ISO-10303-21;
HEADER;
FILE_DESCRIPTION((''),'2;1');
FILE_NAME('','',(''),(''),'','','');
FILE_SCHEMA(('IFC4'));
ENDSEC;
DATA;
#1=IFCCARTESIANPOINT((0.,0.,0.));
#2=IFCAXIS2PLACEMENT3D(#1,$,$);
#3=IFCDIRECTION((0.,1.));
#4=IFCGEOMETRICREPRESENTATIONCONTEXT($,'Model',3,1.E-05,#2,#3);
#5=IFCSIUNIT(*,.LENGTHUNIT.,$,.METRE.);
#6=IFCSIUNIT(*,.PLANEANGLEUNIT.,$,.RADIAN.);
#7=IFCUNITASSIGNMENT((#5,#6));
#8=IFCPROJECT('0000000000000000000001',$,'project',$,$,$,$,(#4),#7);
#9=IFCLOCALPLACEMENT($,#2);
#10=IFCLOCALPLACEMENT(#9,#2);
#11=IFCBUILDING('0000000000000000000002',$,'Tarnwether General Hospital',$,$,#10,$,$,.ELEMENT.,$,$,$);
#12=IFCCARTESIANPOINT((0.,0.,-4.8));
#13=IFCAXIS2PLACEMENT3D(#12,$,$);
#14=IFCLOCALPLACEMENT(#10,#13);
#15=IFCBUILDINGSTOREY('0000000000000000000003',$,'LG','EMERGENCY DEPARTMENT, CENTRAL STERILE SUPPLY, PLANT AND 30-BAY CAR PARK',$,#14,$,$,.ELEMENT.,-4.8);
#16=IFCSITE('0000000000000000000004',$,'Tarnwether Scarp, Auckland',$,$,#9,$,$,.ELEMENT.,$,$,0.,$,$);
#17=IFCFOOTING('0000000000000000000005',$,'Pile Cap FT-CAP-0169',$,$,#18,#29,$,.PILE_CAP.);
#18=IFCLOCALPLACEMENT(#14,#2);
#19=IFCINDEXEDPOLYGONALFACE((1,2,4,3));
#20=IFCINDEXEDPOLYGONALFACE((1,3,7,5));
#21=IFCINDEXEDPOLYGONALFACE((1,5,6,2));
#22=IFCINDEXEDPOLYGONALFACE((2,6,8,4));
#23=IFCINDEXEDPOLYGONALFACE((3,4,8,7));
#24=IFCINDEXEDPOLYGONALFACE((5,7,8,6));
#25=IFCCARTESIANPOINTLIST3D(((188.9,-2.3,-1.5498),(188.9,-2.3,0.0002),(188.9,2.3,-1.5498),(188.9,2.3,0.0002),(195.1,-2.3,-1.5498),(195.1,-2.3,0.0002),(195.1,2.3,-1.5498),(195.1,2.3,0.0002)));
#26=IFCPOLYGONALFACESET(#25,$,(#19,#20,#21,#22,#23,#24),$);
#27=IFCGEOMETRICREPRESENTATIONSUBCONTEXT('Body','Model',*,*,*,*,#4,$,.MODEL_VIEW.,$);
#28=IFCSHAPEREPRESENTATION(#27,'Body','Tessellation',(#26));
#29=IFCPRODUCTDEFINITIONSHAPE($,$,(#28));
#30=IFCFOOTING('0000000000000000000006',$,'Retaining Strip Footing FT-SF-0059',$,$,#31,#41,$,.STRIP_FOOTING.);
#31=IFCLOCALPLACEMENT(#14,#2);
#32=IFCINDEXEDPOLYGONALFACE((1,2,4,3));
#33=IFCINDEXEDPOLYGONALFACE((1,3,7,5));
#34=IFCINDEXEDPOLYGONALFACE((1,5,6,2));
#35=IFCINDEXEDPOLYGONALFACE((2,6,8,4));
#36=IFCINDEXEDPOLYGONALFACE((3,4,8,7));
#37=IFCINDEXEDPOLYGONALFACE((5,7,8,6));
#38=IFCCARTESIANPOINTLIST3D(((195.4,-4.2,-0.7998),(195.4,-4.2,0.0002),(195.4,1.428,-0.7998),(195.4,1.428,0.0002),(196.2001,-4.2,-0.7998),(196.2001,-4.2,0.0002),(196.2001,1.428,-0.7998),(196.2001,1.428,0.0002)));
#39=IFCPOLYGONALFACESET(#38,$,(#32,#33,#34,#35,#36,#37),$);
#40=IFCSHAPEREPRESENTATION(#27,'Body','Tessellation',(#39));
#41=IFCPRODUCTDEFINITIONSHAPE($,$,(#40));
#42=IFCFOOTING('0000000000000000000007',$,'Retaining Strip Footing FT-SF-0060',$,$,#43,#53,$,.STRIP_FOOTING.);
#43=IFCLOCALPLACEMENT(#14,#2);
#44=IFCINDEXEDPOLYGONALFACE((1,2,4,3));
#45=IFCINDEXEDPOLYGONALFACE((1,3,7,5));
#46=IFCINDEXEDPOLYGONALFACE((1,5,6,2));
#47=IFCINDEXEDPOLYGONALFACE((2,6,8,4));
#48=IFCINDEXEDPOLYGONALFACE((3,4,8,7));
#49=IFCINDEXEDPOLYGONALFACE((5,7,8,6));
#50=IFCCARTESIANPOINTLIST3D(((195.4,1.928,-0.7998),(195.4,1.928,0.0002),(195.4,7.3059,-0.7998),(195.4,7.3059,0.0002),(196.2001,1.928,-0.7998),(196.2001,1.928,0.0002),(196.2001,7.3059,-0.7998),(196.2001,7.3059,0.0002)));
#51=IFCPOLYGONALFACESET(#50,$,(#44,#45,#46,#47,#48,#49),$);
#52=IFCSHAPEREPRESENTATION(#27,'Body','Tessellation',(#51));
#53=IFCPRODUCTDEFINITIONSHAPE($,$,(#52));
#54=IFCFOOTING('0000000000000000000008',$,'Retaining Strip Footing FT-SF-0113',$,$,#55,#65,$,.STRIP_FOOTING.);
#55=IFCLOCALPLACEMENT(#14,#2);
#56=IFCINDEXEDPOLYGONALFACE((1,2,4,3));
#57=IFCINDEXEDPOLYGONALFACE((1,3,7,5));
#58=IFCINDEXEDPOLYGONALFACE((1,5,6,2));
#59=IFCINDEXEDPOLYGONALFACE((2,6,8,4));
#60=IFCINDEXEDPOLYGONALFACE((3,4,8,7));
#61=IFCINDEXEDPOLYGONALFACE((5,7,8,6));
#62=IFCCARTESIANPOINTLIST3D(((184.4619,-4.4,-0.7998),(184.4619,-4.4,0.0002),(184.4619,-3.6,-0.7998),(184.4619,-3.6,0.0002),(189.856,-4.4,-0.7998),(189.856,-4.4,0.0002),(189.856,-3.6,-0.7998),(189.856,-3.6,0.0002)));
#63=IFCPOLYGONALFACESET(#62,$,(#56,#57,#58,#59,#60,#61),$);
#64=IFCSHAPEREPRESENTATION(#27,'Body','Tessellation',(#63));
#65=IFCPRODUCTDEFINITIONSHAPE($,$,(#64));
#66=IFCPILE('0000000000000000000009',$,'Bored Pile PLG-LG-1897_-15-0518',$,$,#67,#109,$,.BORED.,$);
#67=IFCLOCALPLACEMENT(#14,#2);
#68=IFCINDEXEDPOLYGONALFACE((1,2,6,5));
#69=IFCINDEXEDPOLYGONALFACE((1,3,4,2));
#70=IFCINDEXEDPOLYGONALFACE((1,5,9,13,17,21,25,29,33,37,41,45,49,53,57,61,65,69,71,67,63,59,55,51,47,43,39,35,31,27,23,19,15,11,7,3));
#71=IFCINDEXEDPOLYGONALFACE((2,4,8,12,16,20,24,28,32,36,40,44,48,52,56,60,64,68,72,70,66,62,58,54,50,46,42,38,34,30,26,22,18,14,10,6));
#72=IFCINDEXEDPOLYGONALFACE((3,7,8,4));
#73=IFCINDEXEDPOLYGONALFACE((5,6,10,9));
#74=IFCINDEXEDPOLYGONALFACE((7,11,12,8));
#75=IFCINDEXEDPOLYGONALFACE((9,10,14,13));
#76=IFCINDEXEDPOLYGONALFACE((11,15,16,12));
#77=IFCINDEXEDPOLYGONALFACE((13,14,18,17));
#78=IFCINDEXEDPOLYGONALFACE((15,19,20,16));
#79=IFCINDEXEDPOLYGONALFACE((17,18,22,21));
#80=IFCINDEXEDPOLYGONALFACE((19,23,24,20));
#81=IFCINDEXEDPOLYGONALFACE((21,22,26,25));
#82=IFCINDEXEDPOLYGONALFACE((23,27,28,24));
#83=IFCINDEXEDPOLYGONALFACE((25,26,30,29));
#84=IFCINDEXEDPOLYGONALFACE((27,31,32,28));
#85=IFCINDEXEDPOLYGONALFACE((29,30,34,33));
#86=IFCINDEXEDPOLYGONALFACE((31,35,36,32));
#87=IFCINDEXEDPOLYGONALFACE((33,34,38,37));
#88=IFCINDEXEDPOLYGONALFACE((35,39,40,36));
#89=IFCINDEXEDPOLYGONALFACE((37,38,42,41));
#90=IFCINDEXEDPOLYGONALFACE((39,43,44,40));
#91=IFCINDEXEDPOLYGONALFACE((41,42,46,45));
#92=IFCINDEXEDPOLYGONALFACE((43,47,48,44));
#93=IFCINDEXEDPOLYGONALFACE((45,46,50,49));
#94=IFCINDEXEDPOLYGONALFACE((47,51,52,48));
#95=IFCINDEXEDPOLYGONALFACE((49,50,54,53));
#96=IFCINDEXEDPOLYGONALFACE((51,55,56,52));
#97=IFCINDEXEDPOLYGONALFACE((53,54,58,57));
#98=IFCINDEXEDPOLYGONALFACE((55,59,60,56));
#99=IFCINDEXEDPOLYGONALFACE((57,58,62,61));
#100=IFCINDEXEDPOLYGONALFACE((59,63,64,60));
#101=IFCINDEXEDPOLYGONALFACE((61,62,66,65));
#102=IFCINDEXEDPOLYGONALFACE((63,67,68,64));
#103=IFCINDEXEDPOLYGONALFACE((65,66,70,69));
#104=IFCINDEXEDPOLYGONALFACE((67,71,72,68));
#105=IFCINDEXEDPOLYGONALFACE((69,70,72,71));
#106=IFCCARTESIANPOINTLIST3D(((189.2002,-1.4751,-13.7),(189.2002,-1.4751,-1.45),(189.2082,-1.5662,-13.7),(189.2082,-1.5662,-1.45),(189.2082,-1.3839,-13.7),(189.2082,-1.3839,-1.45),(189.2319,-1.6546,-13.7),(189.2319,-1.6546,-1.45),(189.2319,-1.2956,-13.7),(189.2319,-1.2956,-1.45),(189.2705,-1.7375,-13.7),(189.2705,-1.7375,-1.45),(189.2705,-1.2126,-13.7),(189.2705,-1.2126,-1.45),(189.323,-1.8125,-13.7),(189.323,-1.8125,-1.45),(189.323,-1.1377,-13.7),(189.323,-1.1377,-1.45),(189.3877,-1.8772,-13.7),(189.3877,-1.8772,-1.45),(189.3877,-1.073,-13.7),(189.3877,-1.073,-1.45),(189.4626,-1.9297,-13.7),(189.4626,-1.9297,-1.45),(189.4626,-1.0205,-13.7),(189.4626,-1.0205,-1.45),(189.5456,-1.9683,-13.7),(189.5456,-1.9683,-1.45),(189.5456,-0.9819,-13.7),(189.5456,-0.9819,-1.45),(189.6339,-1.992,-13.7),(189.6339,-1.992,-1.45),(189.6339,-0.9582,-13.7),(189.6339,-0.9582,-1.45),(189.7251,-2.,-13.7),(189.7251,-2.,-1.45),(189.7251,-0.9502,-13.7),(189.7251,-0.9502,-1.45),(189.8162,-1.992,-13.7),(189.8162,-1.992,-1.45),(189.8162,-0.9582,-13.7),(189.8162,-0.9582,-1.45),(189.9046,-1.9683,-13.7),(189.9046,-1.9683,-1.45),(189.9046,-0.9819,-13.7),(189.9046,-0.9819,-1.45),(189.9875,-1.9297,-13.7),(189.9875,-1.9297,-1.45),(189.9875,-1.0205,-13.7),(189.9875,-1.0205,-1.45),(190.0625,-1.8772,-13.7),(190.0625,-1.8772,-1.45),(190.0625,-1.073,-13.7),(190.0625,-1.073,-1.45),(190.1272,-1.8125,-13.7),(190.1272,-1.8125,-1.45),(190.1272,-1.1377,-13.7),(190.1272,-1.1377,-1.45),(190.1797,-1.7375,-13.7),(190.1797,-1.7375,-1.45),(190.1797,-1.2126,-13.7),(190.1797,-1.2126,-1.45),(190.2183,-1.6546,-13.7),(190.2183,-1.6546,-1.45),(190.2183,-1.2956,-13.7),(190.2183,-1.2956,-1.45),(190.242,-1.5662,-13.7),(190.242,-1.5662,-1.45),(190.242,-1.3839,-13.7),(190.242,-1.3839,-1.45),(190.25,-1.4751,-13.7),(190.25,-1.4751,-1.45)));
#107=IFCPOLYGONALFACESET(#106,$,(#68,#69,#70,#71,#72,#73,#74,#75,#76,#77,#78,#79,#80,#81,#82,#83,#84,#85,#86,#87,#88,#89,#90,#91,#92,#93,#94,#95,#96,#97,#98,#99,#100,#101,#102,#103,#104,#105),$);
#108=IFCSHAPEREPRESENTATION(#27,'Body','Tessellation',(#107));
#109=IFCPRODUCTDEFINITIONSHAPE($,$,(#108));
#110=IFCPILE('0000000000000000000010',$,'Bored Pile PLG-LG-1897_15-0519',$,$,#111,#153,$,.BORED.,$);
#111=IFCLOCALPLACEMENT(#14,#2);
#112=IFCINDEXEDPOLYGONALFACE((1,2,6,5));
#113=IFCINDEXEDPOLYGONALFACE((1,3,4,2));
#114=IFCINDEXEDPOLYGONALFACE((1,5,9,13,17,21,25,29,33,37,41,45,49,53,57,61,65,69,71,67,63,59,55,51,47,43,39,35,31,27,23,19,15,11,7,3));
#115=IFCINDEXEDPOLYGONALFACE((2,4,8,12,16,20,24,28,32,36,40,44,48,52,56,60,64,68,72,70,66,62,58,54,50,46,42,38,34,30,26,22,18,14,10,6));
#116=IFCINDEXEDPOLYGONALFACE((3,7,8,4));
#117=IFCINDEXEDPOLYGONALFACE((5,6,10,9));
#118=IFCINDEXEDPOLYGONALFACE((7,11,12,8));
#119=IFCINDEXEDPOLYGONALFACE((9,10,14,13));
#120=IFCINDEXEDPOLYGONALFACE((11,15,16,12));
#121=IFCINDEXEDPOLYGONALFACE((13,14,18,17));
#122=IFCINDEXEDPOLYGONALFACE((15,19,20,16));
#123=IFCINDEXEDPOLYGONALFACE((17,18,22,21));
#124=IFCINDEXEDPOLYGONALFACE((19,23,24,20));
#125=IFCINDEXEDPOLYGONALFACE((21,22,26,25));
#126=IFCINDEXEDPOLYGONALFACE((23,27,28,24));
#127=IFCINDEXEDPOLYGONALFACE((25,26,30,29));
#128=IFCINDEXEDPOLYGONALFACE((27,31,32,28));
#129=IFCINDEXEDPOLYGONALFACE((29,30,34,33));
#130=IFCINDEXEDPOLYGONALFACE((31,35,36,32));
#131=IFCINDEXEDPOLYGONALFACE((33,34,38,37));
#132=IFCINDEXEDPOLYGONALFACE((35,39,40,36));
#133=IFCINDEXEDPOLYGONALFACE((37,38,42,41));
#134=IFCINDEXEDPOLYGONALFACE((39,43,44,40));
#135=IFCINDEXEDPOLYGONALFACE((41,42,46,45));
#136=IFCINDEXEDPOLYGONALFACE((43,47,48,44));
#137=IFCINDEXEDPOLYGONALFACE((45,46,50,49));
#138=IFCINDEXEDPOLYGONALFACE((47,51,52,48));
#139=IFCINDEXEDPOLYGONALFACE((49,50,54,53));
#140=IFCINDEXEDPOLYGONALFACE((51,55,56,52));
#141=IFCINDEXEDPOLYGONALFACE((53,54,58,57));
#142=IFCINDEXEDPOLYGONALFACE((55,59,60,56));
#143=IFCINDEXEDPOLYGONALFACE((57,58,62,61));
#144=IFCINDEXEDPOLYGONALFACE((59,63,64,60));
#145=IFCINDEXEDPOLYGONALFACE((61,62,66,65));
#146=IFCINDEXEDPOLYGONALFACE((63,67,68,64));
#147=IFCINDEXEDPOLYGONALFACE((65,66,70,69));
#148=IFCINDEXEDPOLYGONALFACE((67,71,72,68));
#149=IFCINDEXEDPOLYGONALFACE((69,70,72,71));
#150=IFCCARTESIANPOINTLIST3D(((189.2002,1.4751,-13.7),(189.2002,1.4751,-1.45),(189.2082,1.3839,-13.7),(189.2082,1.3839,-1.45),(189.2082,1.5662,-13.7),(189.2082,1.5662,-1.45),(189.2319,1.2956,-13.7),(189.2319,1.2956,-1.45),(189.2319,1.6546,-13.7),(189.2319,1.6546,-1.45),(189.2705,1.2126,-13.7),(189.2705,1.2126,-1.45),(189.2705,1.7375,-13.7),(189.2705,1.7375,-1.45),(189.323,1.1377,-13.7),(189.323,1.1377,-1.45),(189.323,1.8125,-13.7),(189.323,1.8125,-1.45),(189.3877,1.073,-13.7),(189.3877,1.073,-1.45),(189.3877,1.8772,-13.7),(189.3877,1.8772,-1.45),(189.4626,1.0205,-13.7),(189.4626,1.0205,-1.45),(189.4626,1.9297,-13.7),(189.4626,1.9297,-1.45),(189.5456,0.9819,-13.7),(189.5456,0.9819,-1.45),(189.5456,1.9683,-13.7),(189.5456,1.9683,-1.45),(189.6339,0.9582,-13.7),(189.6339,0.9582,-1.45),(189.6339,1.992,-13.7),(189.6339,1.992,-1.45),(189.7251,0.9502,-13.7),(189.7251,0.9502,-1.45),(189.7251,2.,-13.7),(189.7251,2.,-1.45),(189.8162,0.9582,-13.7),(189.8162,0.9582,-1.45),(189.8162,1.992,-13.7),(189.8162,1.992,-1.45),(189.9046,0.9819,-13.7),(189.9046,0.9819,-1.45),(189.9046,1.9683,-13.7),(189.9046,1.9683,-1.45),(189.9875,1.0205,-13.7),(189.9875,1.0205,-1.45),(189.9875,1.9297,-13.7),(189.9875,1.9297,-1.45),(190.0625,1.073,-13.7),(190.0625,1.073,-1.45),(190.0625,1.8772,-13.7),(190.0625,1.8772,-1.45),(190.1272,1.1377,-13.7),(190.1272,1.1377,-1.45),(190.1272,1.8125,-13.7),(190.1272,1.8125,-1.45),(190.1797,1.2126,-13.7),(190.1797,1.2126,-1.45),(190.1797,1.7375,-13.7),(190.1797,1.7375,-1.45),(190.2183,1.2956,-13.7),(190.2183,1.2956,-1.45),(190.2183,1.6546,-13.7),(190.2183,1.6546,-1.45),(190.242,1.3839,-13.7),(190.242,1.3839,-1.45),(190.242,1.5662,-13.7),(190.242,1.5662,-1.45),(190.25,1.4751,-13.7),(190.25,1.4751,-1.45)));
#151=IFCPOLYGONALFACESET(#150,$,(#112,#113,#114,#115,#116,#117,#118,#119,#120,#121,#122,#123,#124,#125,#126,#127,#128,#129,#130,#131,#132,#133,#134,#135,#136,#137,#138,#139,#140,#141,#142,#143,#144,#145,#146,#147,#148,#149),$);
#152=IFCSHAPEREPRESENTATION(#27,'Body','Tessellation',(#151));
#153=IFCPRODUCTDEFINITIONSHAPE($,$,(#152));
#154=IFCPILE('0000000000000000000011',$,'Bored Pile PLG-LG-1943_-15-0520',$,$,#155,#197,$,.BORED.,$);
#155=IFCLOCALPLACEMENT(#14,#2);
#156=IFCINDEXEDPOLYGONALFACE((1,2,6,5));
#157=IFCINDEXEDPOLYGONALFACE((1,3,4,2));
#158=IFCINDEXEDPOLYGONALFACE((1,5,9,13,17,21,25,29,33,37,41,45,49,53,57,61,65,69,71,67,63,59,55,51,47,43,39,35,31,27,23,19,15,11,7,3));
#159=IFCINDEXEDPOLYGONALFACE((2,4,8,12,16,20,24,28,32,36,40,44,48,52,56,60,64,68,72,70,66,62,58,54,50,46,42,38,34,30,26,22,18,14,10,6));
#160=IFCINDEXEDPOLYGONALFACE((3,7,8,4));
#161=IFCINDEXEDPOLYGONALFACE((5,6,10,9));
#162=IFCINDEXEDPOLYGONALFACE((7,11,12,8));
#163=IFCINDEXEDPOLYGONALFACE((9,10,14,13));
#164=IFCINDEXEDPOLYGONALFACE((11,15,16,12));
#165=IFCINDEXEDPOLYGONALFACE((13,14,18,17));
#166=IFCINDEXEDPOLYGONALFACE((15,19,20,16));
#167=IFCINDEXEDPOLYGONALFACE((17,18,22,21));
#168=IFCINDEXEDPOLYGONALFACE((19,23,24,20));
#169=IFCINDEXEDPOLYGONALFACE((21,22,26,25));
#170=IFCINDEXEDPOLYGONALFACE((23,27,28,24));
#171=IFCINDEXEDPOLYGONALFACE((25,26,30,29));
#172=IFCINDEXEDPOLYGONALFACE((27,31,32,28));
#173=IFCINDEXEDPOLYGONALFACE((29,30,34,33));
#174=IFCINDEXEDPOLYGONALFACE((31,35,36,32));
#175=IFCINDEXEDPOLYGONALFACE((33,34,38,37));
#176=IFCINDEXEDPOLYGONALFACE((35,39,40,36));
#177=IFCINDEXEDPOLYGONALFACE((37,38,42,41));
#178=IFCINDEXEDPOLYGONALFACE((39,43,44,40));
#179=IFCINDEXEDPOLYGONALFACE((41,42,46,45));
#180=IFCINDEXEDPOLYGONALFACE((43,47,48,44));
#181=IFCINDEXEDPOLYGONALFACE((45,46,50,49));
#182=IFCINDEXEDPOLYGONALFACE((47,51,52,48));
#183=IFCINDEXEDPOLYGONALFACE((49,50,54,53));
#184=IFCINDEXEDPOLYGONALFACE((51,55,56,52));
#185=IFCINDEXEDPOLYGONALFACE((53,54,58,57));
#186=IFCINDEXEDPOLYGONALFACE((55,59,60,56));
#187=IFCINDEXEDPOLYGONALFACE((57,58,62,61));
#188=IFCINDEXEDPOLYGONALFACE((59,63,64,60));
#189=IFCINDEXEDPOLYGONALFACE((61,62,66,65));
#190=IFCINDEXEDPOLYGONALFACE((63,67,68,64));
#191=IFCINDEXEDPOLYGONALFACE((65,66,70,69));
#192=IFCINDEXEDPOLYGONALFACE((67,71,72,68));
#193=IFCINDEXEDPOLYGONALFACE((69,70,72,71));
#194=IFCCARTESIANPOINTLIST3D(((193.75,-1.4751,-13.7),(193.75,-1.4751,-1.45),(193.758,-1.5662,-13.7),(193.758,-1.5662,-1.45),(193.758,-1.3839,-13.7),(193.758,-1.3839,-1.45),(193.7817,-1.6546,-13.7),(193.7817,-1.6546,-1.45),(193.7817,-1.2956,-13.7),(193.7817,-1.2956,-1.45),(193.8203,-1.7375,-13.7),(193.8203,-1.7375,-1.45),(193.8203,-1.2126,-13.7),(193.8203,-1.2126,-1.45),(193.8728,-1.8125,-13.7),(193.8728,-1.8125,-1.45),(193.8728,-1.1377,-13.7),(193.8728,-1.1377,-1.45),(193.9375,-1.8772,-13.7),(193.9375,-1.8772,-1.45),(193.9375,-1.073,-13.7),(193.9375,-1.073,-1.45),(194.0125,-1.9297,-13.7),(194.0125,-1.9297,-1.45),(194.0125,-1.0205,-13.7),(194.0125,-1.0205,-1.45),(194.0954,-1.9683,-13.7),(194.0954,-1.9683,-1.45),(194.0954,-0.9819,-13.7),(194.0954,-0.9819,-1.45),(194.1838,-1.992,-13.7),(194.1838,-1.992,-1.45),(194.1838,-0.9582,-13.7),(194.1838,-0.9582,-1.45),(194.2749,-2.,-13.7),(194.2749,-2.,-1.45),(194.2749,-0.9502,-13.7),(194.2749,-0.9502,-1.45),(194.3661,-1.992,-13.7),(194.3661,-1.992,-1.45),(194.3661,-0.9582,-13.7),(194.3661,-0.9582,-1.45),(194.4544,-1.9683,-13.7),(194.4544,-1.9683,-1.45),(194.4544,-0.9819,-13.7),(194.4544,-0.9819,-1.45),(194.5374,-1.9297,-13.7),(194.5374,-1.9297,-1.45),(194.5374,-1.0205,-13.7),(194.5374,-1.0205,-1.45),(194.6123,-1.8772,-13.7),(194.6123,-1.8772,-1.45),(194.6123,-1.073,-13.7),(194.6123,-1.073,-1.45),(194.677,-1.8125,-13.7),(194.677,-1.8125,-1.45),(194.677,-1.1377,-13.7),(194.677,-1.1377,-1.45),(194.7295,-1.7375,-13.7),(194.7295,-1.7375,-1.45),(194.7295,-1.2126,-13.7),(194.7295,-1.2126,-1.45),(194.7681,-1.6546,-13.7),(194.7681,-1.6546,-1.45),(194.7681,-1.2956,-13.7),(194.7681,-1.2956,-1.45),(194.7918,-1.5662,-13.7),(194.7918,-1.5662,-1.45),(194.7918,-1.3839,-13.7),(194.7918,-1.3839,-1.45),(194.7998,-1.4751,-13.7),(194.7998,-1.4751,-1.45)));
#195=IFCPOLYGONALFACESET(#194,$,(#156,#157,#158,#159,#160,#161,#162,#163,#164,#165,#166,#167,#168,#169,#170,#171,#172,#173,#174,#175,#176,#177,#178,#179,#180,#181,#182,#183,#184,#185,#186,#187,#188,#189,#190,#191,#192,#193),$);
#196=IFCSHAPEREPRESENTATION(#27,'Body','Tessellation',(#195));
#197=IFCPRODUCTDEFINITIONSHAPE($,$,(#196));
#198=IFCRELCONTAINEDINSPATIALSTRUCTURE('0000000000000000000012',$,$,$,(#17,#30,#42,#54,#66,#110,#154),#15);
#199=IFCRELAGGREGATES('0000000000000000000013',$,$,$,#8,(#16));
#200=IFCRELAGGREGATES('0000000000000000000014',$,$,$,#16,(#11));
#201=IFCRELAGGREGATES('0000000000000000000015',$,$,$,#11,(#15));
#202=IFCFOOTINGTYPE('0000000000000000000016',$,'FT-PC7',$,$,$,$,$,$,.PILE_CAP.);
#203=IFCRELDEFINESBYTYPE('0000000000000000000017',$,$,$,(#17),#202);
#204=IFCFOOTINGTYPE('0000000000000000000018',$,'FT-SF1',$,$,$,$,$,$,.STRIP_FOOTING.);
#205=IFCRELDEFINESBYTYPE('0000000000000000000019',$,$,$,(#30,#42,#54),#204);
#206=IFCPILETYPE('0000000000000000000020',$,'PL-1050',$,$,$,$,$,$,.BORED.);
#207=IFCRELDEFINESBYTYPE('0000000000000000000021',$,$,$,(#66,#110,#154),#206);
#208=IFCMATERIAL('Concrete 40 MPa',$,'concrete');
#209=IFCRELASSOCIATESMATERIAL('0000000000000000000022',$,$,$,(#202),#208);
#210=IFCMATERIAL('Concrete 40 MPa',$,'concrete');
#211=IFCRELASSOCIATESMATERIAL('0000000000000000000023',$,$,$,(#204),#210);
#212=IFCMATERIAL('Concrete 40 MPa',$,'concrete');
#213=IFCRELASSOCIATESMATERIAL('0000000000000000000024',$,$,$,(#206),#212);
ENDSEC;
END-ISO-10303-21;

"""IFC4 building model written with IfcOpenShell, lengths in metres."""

from ifc_helpers import new_model, si_unit, direction, frame, origin, origin_2d, place, context, subcontext, project, spatial, rectangle, circle, extrude, material, material_profile, profile_set, type_object, element, save


model = new_model("IFC4")

# Units and contexts
model_context = context("Model", 3, precision=1e-05, world=origin(), true_north=direction((0.0, 1.0)))
body_context = subcontext(model_context, "Body", "Model", "MODEL_VIEW")
ifc_project = project(units=[si_unit("LENGTHUNIT", "METRE"), si_unit("PLANEANGLEUNIT", "RADIAN")], contexts=[model_context])

# Site, building, storey
site_placement = place(None, origin())
site = spatial("IfcSite", under=ifc_project, at=site_placement, Name="Tarnwether Scarp, Auckland", CompositionType="ELEMENT", RefElevation=0.0)
building_placement = place(site_placement, origin())
building = spatial("IfcBuilding", under=site, at=building_placement, Name="Tarnwether General Hospital", CompositionType="ELEMENT")
storey_placement = place(building_placement, frame((0.0, 0.0, -4.8)))
storey = spatial("IfcBuildingStorey", under=building, at=storey_placement, Name="LG", Description="EMERGENCY DEPARTMENT, CENTRAL STERILE SUPPLY, PLANT AND 30-BAY CAR PARK", CompositionType="ELEMENT", Elevation=-4.8)

# Footings
ifc_material_1 = material(Name="Concrete 40 MPa", Category="concrete")
footing_type_1 = type_object("IfcFootingType", Name="FT-PC7", PredefinedType="PILE_CAP", material=ifc_material_1)
footing_1_placement = place(storey_placement, frame((192.0, 0.0, -1.5498), z_axis=(0.0, 0.0, 1.0), x_axis=(1.0, 0.0, 0.0)))
element("IfcFooting", 1, at=footing_1_placement, inside=storey, type_object=footing_type_1, Name="Pile Cap FT-CAP-0169", PredefinedType="PILE_CAP", context=body_context, shape_type="SweptSolid", body=[
    extrude(rectangle(XDim=6.2, YDim=4.6001, at=origin_2d()), origin(), (0.0, 0.0, 1.0), 1.55),
])
ifc_material_2 = material(Name="Concrete 40 MPa", Category="concrete")
footing_type_2 = type_object("IfcFootingType", Name="FT-SF1", PredefinedType="STRIP_FOOTING", material=ifc_material_2)
footing_2_placement = place(storey_placement, frame((195.8, -1.386, -0.7998), z_axis=(0.0, 0.0, 1.0), x_axis=(0.0, 1.0, 0.0)))
element("IfcFooting", 2, at=footing_2_placement, inside=storey, type_object=footing_type_2, Name="Retaining Strip Footing FT-SF-0059", PredefinedType="STRIP_FOOTING", context=body_context, shape_type="SweptSolid", body=[
    extrude(rectangle(XDim=5.6279, YDim=0.8, at=origin_2d()), origin(), (0.0, 0.0, 1.0), 0.8),
])
footing_3_placement = place(storey_placement, frame((195.8, 4.6169, -0.7998), z_axis=(0.0, 0.0, 1.0), x_axis=(0.0, 1.0, 0.0)))
element("IfcFooting", 3, at=footing_3_placement, inside=storey, type_object=footing_type_2, Name="Retaining Strip Footing FT-SF-0060", PredefinedType="STRIP_FOOTING", context=body_context, shape_type="SweptSolid", body=[
    extrude(rectangle(XDim=5.3779, YDim=0.8, at=origin_2d()), origin(), (0.0, 0.0, 1.0), 0.8),
])
footing_4_placement = place(storey_placement, frame((187.1589, -4.0, -0.7998), z_axis=(0.0, 0.0, 1.0), x_axis=(1.0, 0.0, 0.0)))
element("IfcFooting", 4, at=footing_4_placement, inside=storey, type_object=footing_type_2, Name="Retaining Strip Footing FT-SF-0113", PredefinedType="STRIP_FOOTING", context=body_context, shape_type="SweptSolid", body=[
    extrude(rectangle(XDim=5.394, YDim=0.8, at=origin_2d()), origin(), (0.0, 0.0, 1.0), 0.8),
])

# Piles
ifc_material_3 = material(Name="Concrete 40 MPa", Category="concrete")
ifc_material_profile_1 = material_profile(ifc_material_3, circle(Radius=0.5249, at=origin_2d()), Name="PILE-D1050")
ifc_profile_set_1 = profile_set([ifc_material_profile_1], Name="Concrete 40 MPa")
pile_type_1 = type_object("IfcPileType", Name="PL-1050", PredefinedType="BORED", material=ifc_profile_set_1)
for number, where, z_axis, x_axis, name in (
    (5, (189.7251, -1.4751, -1.45), (0.0, 0.0, -1.0), (1.0, 0.0, 0.0), "Bored Pile PLG-LG-1897_-15-0518"),
    (6, (189.7251, 1.4751, -1.45), (0.0, 0.0, -1.0), (1.0, 0.0, 0.0), "Bored Pile PLG-LG-1897_15-0519"),
    (7, (194.2749, -1.4751, -1.45), (0.0, 0.0, -1.0), (1.0, 0.0, 0.0), "Bored Pile PLG-LG-1943_-15-0520"),
):
    element("IfcPile", number, at=place(storey_placement, frame(where, z_axis=z_axis, x_axis=x_axis)), inside=storey, type_object=pile_type_1, Name=name, PredefinedType="BORED", context=body_context, shape_type="SweptSolid", body=[
        extrude(circle(Radius=0.5249, at=origin_2d()), origin(), (0.0, 0.0, 1.0), 12.25),
    ])

save(model, "model.ifc")
